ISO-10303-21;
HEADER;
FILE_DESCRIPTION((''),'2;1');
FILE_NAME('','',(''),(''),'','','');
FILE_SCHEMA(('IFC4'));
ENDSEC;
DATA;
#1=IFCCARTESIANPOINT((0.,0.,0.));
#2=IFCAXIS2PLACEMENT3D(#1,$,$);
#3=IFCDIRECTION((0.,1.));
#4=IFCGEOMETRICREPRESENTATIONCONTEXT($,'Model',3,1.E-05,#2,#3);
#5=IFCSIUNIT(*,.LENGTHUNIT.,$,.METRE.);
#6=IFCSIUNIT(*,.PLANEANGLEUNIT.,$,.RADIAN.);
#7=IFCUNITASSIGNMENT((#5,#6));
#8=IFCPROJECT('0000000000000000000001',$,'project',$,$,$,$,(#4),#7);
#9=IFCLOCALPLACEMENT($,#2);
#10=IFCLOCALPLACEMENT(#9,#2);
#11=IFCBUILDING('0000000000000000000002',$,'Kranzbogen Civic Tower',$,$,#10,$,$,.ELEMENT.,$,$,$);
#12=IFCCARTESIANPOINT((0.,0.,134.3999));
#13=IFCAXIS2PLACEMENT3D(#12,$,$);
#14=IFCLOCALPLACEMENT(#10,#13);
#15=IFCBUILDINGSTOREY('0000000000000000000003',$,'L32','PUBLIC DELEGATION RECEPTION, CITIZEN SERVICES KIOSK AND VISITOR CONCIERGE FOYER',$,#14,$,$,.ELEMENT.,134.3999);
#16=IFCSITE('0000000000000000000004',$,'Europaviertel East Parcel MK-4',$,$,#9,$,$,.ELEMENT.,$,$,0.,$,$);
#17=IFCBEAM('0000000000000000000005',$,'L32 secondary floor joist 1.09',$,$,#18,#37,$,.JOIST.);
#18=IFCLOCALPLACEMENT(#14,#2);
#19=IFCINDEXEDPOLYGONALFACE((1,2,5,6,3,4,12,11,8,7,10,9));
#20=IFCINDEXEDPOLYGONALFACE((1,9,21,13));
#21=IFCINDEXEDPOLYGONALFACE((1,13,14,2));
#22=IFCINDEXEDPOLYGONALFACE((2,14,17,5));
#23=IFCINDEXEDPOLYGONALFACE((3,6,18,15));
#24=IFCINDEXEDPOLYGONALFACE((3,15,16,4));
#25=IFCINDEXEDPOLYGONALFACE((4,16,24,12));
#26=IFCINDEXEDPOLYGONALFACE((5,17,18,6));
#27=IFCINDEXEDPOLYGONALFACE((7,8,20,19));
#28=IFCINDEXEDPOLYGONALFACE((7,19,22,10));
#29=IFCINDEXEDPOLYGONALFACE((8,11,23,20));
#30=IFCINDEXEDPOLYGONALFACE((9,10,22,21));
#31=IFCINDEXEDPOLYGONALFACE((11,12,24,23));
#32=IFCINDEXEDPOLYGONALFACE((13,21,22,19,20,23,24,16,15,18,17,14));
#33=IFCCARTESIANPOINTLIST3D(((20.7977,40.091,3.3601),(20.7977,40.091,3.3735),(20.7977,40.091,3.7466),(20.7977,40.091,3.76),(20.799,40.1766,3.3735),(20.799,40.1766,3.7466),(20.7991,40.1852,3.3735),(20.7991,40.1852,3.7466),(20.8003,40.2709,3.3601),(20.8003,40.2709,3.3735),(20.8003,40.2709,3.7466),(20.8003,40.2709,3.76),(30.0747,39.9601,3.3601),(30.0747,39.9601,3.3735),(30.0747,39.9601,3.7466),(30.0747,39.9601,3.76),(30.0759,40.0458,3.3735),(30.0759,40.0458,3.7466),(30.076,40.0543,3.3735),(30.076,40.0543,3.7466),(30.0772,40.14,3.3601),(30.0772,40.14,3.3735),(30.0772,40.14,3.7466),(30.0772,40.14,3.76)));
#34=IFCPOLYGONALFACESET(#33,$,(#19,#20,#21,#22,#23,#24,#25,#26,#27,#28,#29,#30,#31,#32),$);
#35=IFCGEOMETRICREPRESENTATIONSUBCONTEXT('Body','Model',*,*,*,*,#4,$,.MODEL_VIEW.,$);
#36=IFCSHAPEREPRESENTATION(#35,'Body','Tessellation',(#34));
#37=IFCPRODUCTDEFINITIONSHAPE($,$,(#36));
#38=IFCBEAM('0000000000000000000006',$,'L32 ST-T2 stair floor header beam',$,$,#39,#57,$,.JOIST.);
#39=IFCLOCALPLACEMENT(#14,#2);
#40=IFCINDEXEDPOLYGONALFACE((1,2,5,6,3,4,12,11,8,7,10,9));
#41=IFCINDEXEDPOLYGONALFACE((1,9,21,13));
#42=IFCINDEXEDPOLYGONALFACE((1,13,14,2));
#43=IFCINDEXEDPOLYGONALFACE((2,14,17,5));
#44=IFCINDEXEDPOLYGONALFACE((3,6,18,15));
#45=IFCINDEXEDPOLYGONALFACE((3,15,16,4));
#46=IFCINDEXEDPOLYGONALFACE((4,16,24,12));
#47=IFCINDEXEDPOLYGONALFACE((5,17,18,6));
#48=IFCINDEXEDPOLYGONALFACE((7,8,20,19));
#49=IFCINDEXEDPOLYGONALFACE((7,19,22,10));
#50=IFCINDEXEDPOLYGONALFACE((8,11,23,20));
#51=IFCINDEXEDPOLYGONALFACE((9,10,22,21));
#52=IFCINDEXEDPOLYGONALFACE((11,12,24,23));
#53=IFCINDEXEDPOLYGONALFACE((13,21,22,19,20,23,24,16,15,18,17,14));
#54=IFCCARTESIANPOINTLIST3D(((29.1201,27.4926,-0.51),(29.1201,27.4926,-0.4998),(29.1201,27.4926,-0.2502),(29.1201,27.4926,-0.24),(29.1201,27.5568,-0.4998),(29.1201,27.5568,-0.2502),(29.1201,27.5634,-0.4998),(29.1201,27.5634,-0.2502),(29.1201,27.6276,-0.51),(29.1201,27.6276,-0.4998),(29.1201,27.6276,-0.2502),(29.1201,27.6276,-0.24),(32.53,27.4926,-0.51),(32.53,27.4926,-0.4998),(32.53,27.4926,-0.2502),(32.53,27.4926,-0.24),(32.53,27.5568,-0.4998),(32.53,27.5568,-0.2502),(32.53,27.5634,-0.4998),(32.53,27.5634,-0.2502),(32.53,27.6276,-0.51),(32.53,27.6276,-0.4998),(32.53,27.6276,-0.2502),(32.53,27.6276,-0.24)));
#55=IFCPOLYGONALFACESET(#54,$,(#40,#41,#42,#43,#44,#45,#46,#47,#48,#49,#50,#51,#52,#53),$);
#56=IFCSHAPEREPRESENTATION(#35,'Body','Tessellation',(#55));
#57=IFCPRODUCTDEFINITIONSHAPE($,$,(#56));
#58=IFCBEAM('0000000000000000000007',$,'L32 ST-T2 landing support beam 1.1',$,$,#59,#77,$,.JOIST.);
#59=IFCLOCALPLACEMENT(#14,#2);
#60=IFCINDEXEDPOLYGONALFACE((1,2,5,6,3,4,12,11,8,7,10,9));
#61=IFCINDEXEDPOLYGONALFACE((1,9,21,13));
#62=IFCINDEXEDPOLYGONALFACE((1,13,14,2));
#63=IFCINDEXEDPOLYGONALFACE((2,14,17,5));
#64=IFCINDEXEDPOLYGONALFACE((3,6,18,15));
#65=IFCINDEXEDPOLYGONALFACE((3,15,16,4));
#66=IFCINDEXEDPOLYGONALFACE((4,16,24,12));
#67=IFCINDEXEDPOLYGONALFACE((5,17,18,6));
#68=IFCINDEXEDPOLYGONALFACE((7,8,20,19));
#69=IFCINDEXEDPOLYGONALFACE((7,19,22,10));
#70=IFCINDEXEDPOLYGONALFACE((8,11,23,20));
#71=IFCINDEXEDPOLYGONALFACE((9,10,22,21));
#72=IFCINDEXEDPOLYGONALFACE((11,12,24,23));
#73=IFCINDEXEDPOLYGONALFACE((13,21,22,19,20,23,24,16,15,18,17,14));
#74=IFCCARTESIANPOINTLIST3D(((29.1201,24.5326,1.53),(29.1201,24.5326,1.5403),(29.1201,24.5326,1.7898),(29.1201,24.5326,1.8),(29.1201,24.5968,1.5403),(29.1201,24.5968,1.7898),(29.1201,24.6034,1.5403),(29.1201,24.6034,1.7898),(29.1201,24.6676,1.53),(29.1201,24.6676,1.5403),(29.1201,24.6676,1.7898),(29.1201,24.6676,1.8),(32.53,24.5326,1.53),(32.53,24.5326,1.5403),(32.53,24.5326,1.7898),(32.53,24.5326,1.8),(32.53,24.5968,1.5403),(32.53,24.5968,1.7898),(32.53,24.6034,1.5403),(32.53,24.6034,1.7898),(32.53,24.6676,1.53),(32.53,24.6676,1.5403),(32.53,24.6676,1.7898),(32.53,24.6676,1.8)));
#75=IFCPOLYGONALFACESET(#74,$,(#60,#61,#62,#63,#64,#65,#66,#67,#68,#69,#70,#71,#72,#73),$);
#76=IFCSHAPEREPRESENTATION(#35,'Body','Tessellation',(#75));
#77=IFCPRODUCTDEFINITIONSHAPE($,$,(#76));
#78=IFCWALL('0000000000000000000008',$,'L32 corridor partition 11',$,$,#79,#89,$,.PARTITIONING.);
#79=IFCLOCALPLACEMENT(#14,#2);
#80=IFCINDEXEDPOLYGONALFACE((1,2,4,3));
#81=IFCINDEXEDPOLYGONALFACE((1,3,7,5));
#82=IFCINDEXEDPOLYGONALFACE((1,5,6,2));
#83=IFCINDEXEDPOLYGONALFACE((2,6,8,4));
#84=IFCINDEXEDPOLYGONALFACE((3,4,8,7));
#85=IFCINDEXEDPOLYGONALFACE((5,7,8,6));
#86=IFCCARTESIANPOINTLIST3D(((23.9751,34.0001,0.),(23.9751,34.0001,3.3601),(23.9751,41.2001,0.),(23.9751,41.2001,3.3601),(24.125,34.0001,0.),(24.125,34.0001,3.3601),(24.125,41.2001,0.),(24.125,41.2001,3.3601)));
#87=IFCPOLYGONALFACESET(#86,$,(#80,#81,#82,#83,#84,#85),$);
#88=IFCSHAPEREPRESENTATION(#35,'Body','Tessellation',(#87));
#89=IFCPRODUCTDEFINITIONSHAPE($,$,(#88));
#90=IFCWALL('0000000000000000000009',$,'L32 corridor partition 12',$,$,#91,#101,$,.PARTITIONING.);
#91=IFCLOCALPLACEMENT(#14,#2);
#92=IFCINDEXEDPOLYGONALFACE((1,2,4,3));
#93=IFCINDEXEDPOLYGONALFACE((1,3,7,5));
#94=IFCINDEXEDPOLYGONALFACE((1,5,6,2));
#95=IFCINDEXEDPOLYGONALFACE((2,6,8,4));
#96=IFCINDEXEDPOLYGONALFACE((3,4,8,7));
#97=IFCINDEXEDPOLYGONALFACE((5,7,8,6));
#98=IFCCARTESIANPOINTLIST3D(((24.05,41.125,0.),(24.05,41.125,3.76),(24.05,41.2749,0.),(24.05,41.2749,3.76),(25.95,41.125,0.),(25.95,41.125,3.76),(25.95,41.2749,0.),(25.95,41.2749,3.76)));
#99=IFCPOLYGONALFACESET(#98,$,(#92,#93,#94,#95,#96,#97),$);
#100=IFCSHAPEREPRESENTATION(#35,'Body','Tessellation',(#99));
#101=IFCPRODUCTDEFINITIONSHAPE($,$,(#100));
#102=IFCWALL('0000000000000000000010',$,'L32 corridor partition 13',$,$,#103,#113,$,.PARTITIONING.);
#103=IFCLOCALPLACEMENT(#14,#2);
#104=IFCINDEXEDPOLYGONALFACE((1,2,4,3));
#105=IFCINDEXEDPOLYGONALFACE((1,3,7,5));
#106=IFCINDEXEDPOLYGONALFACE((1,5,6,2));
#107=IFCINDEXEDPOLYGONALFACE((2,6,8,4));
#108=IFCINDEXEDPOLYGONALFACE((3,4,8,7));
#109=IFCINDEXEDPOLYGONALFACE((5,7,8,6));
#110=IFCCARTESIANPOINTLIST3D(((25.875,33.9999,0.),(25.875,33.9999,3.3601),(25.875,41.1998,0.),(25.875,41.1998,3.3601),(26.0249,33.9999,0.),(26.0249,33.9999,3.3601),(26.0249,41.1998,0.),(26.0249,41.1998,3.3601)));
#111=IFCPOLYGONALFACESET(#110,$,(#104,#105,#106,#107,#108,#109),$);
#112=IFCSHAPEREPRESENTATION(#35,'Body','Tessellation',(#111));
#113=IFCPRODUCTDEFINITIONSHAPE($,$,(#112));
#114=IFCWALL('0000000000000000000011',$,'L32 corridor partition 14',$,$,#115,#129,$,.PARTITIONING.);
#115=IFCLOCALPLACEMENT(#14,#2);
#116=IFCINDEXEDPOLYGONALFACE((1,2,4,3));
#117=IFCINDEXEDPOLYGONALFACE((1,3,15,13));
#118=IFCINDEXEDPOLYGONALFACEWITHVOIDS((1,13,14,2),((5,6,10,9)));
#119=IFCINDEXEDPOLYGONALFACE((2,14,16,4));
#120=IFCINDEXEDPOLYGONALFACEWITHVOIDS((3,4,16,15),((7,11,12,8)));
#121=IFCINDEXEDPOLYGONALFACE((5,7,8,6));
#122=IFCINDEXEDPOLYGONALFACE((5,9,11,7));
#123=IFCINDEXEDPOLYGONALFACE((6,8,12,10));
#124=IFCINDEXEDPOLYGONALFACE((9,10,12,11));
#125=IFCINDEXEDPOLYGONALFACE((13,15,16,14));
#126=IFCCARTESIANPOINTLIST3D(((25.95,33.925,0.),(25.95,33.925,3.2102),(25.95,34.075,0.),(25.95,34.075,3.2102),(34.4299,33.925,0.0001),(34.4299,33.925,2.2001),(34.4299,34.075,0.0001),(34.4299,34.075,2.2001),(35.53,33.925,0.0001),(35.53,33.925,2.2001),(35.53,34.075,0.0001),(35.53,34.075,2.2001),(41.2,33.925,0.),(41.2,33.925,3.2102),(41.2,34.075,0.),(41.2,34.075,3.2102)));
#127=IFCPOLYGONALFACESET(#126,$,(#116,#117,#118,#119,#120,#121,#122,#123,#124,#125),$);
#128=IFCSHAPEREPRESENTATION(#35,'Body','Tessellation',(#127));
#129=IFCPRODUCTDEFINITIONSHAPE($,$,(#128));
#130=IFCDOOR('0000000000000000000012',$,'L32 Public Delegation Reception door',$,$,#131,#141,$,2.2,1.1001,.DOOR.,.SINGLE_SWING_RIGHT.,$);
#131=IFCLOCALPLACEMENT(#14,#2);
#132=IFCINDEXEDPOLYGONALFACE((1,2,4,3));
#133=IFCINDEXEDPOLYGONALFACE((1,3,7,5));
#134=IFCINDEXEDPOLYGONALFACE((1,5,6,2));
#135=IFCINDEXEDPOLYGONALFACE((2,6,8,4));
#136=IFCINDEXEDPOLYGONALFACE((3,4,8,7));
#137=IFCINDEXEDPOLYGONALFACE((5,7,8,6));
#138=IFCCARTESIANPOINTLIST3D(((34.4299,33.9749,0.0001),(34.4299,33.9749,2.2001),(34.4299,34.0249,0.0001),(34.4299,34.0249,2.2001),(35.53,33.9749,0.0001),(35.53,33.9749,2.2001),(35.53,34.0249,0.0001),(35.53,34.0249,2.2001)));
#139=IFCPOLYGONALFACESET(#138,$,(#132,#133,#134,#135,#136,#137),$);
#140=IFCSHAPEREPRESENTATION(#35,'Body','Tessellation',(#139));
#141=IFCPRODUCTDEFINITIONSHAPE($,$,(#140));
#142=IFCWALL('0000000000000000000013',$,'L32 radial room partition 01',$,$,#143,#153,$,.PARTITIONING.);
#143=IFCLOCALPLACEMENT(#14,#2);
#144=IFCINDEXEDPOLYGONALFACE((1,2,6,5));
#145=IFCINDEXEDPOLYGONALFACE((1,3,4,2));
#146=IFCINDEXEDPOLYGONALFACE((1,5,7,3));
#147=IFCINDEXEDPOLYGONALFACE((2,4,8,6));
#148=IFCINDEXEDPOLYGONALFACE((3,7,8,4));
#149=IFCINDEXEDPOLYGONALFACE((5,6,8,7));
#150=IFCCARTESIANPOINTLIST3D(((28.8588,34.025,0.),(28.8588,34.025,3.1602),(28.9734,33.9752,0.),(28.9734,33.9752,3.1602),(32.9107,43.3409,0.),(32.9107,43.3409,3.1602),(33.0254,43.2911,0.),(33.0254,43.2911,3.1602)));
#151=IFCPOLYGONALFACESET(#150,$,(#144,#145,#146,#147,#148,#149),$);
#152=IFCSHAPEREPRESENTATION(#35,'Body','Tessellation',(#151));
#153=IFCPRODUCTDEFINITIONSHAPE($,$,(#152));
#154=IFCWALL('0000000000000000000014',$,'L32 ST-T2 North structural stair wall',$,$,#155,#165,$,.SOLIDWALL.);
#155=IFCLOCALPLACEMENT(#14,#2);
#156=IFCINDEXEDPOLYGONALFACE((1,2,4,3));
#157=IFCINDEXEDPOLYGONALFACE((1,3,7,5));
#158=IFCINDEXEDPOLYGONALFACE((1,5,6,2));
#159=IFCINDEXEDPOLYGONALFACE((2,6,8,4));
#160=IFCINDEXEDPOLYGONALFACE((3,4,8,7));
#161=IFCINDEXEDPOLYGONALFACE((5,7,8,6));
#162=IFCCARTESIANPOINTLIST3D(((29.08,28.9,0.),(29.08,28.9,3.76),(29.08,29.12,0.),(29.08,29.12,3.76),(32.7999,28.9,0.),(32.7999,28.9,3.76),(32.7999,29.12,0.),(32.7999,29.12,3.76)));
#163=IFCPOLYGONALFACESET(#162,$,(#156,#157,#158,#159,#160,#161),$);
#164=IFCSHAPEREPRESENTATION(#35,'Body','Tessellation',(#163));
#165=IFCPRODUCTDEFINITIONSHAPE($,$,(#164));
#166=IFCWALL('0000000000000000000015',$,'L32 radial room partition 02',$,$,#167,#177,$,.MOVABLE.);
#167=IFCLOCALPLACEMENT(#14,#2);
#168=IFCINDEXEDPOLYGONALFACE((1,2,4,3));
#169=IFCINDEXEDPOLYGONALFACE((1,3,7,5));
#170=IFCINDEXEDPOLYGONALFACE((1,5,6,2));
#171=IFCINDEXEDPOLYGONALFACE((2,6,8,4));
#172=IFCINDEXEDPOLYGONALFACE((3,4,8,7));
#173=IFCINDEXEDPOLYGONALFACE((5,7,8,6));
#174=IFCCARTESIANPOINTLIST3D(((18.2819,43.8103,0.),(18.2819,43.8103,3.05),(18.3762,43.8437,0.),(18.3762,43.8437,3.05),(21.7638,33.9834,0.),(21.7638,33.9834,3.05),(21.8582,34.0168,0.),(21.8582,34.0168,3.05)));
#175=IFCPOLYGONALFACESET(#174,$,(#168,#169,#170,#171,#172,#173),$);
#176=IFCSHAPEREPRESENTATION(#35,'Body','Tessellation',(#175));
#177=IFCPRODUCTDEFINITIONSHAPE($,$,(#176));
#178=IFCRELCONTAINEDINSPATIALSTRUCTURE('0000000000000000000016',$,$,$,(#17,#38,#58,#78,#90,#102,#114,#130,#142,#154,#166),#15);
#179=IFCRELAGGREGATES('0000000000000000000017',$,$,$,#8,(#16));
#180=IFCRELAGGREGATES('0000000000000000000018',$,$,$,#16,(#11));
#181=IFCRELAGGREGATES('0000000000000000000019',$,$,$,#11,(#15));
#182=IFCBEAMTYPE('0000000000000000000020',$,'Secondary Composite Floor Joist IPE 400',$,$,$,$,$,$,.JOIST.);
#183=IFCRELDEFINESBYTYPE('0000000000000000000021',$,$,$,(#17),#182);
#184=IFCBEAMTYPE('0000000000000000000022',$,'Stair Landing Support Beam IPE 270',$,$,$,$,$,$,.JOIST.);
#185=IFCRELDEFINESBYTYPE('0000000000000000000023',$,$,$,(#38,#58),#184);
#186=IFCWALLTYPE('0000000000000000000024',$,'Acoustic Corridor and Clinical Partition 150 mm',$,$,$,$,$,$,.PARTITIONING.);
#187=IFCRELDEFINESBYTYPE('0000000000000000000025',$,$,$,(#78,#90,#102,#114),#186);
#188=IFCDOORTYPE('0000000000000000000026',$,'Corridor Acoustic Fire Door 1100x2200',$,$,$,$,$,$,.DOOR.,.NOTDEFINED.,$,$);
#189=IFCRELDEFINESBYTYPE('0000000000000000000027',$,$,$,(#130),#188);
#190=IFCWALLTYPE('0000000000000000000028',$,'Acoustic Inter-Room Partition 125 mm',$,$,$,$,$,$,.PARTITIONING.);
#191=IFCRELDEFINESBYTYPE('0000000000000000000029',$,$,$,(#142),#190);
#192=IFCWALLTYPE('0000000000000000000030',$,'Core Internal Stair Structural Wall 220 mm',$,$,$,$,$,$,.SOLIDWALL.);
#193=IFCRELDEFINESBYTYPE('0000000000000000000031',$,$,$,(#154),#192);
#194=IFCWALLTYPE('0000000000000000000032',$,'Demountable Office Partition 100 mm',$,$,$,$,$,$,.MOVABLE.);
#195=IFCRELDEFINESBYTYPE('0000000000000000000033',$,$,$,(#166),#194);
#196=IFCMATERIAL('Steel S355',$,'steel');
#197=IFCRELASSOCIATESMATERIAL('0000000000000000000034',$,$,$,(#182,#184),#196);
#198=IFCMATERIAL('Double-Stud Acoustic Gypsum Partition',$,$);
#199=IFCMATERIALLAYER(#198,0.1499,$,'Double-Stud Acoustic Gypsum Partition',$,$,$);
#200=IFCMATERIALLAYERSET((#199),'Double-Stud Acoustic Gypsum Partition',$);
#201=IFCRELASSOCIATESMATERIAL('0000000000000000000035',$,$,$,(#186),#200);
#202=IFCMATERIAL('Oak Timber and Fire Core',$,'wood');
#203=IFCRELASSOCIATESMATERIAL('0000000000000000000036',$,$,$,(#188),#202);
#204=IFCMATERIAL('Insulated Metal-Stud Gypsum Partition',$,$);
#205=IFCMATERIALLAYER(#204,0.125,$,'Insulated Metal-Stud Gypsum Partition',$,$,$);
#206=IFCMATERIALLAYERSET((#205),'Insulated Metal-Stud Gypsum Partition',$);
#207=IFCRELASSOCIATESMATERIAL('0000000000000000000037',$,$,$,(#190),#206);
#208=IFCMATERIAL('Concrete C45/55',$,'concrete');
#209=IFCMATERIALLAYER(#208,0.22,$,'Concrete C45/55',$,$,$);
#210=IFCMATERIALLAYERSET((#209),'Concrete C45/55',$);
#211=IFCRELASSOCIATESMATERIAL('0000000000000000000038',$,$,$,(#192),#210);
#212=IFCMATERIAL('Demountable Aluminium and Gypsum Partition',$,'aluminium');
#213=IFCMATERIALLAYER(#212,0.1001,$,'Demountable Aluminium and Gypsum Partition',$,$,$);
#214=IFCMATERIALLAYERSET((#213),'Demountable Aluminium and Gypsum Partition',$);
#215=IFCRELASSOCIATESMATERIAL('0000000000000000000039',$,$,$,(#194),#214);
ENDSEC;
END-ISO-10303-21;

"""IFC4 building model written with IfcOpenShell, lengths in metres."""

from ifc_helpers import new_model, si_unit, direction, frame, frame_2d, origin, origin_2d, place, context, subcontext, project, spatial, rectangle, i_section, extrude, material, layer, layer_set, material_profile, profile_set, type_object, element, fill, save


model = new_model("IFC4")

# Units and contexts
model_context = context("Model", 3, precision=1e-05, world=origin(), true_north=direction((0.0, 1.0)))
body_context = subcontext(model_context, "Body", "Model", "MODEL_VIEW")
ifc_project = project(units=[si_unit("LENGTHUNIT", "METRE"), si_unit("PLANEANGLEUNIT", "RADIAN")], contexts=[model_context])

# Site, building, storey
site_placement = place(None, origin())
site = spatial("IfcSite", under=ifc_project, at=site_placement, Name="Europaviertel East Parcel MK-4", CompositionType="ELEMENT", RefElevation=0.0)
building_placement = place(site_placement, origin())
building = spatial("IfcBuilding", under=site, at=building_placement, Name="Kranzbogen Civic Tower", CompositionType="ELEMENT")
storey_placement = place(building_placement, frame((0.0, 0.0, 134.3999)))
storey = spatial("IfcBuildingStorey", under=building, at=storey_placement, Name="L32", Description="PUBLIC DELEGATION RECEPTION, CITIZEN SERVICES KIOSK AND VISITOR CONCIERGE FOYER", CompositionType="ELEMENT", Elevation=134.3999)

# Beams
ifc_material_1 = material(Name="Steel S355", Category="steel")
ifc_material_profile_1 = material_profile(ifc_material_1, i_section(OverallWidth=0.1799, OverallDepth=0.3999, WebThickness=0.0085, FlangeThickness=0.0134, at=origin_2d()), Name="IPE 400")
ifc_profile_set_1 = profile_set([ifc_material_profile_1], Name="Steel S355")
beam_type_1 = type_object("IfcBeamType", Name="Secondary Composite Floor Joist IPE 400", PredefinedType="JOIST", material=ifc_profile_set_1)
beam_1_placement = place(storey_placement, frame((30.0759, 40.05, 3.5601), z_axis=(-0.999901, 0.014105, 0.0), x_axis=(-0.014105, -0.999901, 0.0)))
element("IfcBeam", 1, at=beam_1_placement, inside=storey, type_object=beam_type_1, Name="L32 secondary floor joist 1.09", PredefinedType="JOIST", context=body_context, shape_type="SweptSolid", body=[
    extrude(i_section(OverallWidth=0.1799, OverallDepth=0.3999, WebThickness=0.0085, FlangeThickness=0.0134, at=origin_2d()), origin(), (0.0, 0.0, 1.0), 9.2778),
])
ifc_material_profile_2 = material_profile(ifc_material_1, i_section(OverallWidth=0.135, OverallDepth=0.27, WebThickness=0.0066, FlangeThickness=0.0103, at=origin_2d()), Name="IPE 270")
ifc_profile_set_2 = profile_set([ifc_material_profile_2], Name="Steel S355")
beam_type_2 = type_object("IfcBeamType", Name="Stair Landing Support Beam IPE 270", PredefinedType="JOIST", material=ifc_profile_set_2)
for number, where, z_axis, x_axis, name in (
    (2, (29.1201, 27.5601, -0.375), (1.0, 0.0, 0.0), (0.0, 1.0, 0.0), "L32 ST-T2 stair floor header beam"),
    (3, (29.1201, 24.6001, 1.665), (1.0, 0.0, 0.0), (0.0, 1.0, 0.0), "L32 ST-T2 landing support beam 1.1"),
):
    element("IfcBeam", number, at=place(storey_placement, frame(where, z_axis=z_axis, x_axis=x_axis)), inside=storey, type_object=beam_type_2, Name=name, PredefinedType="JOIST", context=body_context, shape_type="SweptSolid", body=[
        extrude(i_section(OverallWidth=0.135, OverallDepth=0.27, WebThickness=0.0066, FlangeThickness=0.0103, at=origin_2d()), origin(), (0.0, 0.0, 1.0), 3.4099),
    ])

# Walls
ifc_material_2 = material(Name="Double-Stud Acoustic Gypsum Partition")
ifc_layer_1 = layer(ifc_material_2, 0.1499, Name="Double-Stud Acoustic Gypsum Partition")
ifc_layer_set_1 = layer_set([ifc_layer_1], Name="Double-Stud Acoustic Gypsum Partition")
wall_type_1 = type_object("IfcWallType", Name="Acoustic Corridor and Clinical Partition 150 mm", PredefinedType="PARTITIONING", material=ifc_layer_set_1)
wall_1_placement = place(storey_placement, frame((24.05, 34.0, 0.0), z_axis=(0.0, 0.0, 1.0), x_axis=(0.0, 1.0, 0.0)))
element("IfcWall", 4, at=wall_1_placement, inside=storey, type_object=wall_type_1, Name="L32 corridor partition 11", PredefinedType="PARTITIONING", context=body_context, shape_type="SweptSolid", body=[
    extrude(rectangle(XDim=7.2, YDim=0.1499, at=frame_2d((3.6001, 0.0))), origin(), (0.0, 0.0, 1.0), 3.3601),
])
wall_2_placement = place(storey_placement, frame((24.05, 41.2, 0.0), z_axis=(0.0, 0.0, 1.0), x_axis=(1.0, 0.0, 0.0)))
element("IfcWall", 5, at=wall_2_placement, inside=storey, type_object=wall_type_1, Name="L32 corridor partition 12", PredefinedType="PARTITIONING", context=body_context, shape_type="SweptSolid", body=[
    extrude(rectangle(XDim=1.8999, YDim=0.1499, at=frame_2d((0.95, 0.0))), origin(), (0.0, 0.0, 1.0), 3.76),
])
wall_3_placement = place(storey_placement, frame((25.95, 41.2, 0.0), z_axis=(0.0, 0.0, 1.0), x_axis=(0.0, -1.0, 0.0)))
element("IfcWall", 6, at=wall_3_placement, inside=storey, type_object=wall_type_1, Name="L32 corridor partition 13", PredefinedType="PARTITIONING", context=body_context, shape_type="SweptSolid", body=[
    extrude(rectangle(XDim=7.2, YDim=0.1499, at=frame_2d((3.6001, 0.0))), origin(), (0.0, 0.0, 1.0), 3.3601),
])

# Wall, opening, door
wall_4_placement = place(storey_placement, frame((25.95, 34.0, 0.0), z_axis=(0.0, 0.0, 1.0), x_axis=(1.0, 0.0, 0.0)))
wall_4 = element("IfcWall", 7, at=wall_4_placement, inside=storey, type_object=wall_type_1, Name="L32 corridor partition 14", PredefinedType="PARTITIONING", context=body_context, shape_type="SweptSolid", body=[
    extrude(rectangle(XDim=15.25, YDim=0.1499, at=frame_2d((7.625, 0.0))), origin(), (0.0, 0.0, 1.0), 3.2102),
])
opening_1_placement = place(wall_4_placement, frame((8.48, 0.0, 0.0)))
opening_1 = element("IfcOpeningElement", 8, at=opening_1_placement, cuts=wall_4, PredefinedType="OPENING", context=body_context, shape_type="SweptSolid", body=[
    extrude(rectangle(XDim=1.1001, YDim=2.2, at=frame_2d((0.55, 1.1001))), frame((0.0, 0.085, 0.0), z_axis=(0.0, -1.0, 0.0), x_axis=(1.0, 0.0, 0.0)), (0.0, 0.0, 1.0), 0.1699),
])
ifc_material_3 = material(Name="Oak Timber and Fire Core", Category="wood")
door_type_1 = type_object("IfcDoorType", Name="Corridor Acoustic Fire Door 1100x2200", OperationType="NOTDEFINED", PredefinedType="DOOR", material=ifc_material_3)
door_1_placement = place(opening_1_placement, origin())
door_1 = element("IfcDoor", 9, at=door_1_placement, inside=storey, type_object=door_type_1, Name="L32 Public Delegation Reception door", OperationType="SINGLE_SWING_RIGHT", OverallHeight=2.2, OverallWidth=1.1001, PredefinedType="DOOR", context=body_context, shape_type="SweptSolid", body=[
    extrude(rectangle(XDim=1.1001, YDim=2.2, at=frame_2d((0.55, 1.1001))), frame((0.0, 0.0249, 0.0), z_axis=(0.0, -1.0, 0.0), x_axis=(1.0, 0.0, 0.0)), (0.0, 0.0, 1.0), 0.05),
])
fill(opening_1, door_1)

# Walls
ifc_material_4 = material(Name="Insulated Metal-Stud Gypsum Partition")
ifc_layer_2 = layer(ifc_material_4, 0.125, Name="Insulated Metal-Stud Gypsum Partition")
ifc_layer_set_2 = layer_set([ifc_layer_2], Name="Insulated Metal-Stud Gypsum Partition")
wall_type_2 = type_object("IfcWallType", Name="Acoustic Inter-Room Partition 125 mm", PredefinedType="PARTITIONING", material=ifc_layer_set_2)
wall_5_placement = place(storey_placement, frame((28.916, 34.0, 0.0), z_axis=(0.0, 0.0, 1.0), x_axis=(0.398859, 0.917012, 0.0)))
element("IfcWall", 10, at=wall_5_placement, inside=storey, type_object=wall_type_2, Name="L32 radial room partition 01", PredefinedType="PARTITIONING", context=body_context, shape_type="SweptSolid", body=[
    extrude(rectangle(XDim=10.1589, YDim=0.125, at=frame_2d((5.0796, 0.0))), origin(), (0.0, 0.0, 1.0), 3.1602),
])
ifc_material_5 = material(Name="Concrete C45/55", Category="concrete")
ifc_layer_3 = layer(ifc_material_5, 0.22, Name="Concrete C45/55")
ifc_layer_set_3 = layer_set([ifc_layer_3], Name="Concrete C45/55")
wall_type_3 = type_object("IfcWallType", Name="Core Internal Stair Structural Wall 220 mm", PredefinedType="SOLIDWALL", material=ifc_layer_set_3)
wall_6_placement = place(storey_placement, frame((29.0801, 29.01, 0.0), z_axis=(0.0, 0.0, 1.0), x_axis=(1.0, 0.0, 0.0)))
element("IfcWall", 11, at=wall_6_placement, inside=storey, type_object=wall_type_3, Name="L32 ST-T2 North structural stair wall", PredefinedType="SOLIDWALL", context=body_context, shape_type="SweptSolid", body=[
    extrude(rectangle(XDim=3.72, YDim=0.22, at=frame_2d((1.8599, 0.0))), origin(), (0.0, 0.0, 1.0), 3.76),
])
ifc_material_6 = material(Name="Demountable Aluminium and Gypsum Partition", Category="aluminium")
ifc_layer_4 = layer(ifc_material_6, 0.1001, Name="Demountable Aluminium and Gypsum Partition")
ifc_layer_set_4 = layer_set([ifc_layer_4], Name="Demountable Aluminium and Gypsum Partition")
wall_type_4 = type_object("IfcWallType", Name="Demountable Office Partition 100 mm", PredefinedType="MOVABLE", material=ifc_layer_set_4)
wall_7_placement = place(storey_placement, frame((21.811, 34.0, 0.0), z_axis=(0.0, 0.0, 1.0), x_axis=(-0.333981, 0.94258, 0.0)))
element("IfcWall", 12, at=wall_7_placement, inside=storey, type_object=wall_type_4, Name="L32 radial room partition 02", PredefinedType="MOVABLE", context=body_context, shape_type="SweptSolid", body=[
    extrude(rectangle(XDim=10.4255, YDim=0.1001, at=frame_2d((5.2129, 0.0))), origin(), (0.0, 0.0, 1.0), 3.05),
])

save(model, "model.ifc")
